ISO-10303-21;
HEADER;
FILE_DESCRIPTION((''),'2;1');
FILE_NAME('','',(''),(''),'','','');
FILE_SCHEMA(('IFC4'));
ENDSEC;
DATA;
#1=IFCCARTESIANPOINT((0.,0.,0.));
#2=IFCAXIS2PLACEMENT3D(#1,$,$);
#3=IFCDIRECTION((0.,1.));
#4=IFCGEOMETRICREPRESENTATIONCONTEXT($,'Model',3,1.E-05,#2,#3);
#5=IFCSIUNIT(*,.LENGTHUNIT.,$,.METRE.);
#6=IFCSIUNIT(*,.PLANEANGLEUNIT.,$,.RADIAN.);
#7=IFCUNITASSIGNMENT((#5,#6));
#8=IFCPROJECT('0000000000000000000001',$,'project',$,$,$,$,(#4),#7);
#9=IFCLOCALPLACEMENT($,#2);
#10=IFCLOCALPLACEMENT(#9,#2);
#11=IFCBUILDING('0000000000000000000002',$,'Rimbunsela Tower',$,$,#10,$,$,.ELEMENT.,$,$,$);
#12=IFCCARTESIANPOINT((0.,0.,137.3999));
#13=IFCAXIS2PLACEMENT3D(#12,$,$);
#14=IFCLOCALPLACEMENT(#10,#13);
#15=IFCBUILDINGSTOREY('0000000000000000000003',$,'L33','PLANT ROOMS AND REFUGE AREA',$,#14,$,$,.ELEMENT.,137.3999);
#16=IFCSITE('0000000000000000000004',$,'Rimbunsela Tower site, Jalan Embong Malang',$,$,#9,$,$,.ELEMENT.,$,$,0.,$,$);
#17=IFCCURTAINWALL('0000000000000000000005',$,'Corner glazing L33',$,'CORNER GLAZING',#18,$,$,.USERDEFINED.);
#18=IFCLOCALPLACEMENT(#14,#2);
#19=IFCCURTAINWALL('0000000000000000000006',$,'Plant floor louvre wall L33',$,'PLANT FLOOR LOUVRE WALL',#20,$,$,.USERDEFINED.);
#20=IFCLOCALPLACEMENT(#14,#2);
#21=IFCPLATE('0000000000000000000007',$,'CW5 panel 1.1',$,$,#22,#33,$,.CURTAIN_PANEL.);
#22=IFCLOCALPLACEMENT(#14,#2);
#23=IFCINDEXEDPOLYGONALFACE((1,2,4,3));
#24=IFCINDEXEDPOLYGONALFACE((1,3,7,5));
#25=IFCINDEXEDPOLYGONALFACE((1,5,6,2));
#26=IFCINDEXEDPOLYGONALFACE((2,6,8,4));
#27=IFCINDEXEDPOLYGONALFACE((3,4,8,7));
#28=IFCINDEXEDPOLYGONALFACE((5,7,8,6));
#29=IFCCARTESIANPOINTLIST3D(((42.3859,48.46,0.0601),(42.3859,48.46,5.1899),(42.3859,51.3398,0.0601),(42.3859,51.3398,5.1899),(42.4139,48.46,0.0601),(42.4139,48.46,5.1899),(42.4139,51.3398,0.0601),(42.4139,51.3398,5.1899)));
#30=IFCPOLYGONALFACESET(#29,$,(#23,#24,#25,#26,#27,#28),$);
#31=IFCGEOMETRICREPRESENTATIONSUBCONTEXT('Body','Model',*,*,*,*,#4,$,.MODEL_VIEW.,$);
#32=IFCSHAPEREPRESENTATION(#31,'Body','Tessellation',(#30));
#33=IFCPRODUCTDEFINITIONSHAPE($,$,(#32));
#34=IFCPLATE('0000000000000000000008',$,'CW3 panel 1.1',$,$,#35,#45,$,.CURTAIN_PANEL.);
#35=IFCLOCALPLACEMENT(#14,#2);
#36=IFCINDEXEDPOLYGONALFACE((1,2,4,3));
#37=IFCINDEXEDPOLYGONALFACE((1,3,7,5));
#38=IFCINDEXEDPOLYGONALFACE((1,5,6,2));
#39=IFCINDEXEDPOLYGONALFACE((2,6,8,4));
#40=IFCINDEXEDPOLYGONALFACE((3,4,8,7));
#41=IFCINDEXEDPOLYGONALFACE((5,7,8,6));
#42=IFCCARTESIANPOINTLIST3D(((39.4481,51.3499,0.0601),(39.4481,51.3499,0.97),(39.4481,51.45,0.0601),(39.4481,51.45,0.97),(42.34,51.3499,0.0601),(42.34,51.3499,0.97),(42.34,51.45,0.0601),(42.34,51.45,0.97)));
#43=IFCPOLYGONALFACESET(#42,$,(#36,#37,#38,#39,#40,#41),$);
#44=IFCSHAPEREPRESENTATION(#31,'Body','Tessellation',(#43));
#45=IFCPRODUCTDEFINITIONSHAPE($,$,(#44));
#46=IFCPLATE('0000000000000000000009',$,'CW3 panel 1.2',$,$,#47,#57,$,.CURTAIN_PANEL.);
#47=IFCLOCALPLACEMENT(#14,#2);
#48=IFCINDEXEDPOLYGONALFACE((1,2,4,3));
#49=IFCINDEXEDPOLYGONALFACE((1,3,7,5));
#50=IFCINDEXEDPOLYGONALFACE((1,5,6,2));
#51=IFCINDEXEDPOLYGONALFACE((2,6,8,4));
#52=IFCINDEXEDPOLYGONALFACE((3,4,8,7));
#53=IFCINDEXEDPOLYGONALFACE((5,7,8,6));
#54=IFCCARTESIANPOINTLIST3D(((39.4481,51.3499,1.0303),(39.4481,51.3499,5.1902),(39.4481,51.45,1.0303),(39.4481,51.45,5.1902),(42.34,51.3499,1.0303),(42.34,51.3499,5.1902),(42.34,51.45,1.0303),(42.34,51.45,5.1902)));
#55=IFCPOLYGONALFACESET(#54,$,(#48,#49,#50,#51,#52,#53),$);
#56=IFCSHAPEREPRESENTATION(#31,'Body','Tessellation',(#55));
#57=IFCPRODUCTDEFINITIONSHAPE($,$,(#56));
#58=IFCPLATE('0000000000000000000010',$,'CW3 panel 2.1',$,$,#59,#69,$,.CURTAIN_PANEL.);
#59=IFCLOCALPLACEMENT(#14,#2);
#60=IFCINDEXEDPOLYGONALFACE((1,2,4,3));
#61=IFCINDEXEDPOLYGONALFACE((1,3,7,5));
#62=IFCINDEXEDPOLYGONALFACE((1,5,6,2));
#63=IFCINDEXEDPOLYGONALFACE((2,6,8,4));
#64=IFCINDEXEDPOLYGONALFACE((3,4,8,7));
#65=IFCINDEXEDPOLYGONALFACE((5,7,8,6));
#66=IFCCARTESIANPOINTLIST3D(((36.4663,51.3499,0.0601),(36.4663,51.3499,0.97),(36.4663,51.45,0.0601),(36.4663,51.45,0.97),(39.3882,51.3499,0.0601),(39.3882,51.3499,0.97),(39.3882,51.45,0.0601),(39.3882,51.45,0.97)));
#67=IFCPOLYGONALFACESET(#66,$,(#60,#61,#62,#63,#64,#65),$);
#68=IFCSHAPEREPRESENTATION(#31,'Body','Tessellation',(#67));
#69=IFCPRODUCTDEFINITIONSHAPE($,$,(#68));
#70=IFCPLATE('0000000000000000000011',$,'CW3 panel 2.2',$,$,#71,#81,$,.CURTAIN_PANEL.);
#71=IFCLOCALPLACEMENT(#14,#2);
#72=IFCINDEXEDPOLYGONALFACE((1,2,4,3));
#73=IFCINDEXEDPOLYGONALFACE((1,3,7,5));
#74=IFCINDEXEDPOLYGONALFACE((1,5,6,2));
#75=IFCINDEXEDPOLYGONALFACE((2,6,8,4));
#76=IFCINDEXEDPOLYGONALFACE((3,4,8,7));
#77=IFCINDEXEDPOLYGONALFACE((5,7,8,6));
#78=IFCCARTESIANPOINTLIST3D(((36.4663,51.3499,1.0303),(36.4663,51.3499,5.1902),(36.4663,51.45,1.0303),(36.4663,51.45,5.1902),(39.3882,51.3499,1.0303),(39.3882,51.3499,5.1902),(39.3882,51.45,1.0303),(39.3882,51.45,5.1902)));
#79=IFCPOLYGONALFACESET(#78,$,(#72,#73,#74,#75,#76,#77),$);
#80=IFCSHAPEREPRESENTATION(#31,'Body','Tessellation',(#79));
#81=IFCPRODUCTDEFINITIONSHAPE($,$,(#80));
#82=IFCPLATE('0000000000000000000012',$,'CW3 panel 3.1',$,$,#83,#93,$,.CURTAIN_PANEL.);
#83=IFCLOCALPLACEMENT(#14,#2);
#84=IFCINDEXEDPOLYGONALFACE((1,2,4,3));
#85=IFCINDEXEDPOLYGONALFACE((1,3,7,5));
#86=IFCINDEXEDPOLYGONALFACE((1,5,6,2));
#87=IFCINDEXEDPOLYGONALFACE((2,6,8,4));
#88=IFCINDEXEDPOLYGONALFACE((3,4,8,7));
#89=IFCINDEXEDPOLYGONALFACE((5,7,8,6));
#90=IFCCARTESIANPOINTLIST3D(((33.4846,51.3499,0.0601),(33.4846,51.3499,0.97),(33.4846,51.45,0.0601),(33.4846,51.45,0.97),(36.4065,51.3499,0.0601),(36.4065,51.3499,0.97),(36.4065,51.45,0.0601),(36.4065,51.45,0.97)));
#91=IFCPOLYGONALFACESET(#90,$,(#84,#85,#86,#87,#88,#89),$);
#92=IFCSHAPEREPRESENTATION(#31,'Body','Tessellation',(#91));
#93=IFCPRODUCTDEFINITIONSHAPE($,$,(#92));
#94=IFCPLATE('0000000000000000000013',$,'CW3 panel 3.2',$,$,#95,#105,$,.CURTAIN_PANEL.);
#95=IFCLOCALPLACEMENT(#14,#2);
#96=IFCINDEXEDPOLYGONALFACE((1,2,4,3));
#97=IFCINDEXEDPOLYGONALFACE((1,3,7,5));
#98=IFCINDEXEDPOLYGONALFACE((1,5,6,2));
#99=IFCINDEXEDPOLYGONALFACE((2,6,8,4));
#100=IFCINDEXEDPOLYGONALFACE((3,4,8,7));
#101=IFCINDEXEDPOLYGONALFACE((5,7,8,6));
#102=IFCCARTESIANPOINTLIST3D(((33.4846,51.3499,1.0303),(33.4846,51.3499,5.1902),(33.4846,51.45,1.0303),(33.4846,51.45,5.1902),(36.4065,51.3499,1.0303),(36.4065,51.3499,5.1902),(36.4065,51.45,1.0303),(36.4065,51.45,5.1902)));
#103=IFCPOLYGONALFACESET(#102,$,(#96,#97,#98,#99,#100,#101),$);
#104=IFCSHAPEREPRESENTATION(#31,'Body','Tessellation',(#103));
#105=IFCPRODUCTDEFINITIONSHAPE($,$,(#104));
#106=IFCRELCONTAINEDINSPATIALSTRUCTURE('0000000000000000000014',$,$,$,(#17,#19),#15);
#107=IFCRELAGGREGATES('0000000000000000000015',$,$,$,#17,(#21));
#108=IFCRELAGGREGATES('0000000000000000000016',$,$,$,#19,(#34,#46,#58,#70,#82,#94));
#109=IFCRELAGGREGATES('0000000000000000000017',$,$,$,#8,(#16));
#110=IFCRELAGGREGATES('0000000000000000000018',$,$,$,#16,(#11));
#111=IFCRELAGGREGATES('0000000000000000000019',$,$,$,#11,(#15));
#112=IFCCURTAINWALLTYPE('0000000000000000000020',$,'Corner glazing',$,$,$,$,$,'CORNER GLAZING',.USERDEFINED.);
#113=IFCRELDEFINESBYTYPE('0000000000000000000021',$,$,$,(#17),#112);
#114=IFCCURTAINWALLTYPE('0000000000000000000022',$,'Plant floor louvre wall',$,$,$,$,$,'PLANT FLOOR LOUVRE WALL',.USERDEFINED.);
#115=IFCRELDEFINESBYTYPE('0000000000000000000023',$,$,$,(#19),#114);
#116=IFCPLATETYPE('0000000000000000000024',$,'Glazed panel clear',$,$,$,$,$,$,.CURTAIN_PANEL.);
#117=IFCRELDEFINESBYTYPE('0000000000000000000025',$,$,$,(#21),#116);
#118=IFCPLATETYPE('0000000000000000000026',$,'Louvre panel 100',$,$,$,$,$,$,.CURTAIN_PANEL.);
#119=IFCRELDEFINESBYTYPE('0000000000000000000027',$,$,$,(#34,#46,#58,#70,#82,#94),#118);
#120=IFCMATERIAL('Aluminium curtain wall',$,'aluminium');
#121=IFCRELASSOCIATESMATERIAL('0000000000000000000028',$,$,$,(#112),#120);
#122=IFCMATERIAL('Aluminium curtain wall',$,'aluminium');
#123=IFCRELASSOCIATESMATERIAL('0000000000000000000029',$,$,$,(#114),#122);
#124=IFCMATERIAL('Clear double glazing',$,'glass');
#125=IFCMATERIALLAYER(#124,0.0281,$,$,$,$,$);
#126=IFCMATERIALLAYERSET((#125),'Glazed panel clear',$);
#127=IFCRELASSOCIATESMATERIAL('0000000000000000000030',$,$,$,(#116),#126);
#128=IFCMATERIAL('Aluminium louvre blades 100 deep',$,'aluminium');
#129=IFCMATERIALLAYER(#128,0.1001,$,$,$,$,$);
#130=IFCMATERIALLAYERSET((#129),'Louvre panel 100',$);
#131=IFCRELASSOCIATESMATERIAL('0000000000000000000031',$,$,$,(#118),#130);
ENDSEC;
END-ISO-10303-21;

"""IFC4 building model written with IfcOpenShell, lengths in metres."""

from ifc_helpers import new_model, si_unit, direction, frame, origin, origin_2d, place, context, subcontext, project, spatial, rectangle, extrude, material, layer, layer_set, type_object, element, aggregate, save


model = new_model("IFC4")

# Units and contexts
model_context = context("Model", 3, precision=1e-05, world=origin(), true_north=direction((0.0, 1.0)))
body_context = subcontext(model_context, "Body", "Model", "MODEL_VIEW")
ifc_project = project(units=[si_unit("LENGTHUNIT", "METRE"), si_unit("PLANEANGLEUNIT", "RADIAN")], contexts=[model_context])

# Site, building, storey
site_placement = place(None, origin())
site = spatial("IfcSite", under=ifc_project, at=site_placement, Name="Rimbunsela Tower site, Jalan Embong Malang", CompositionType="ELEMENT", RefElevation=0.0)
building_placement = place(site_placement, origin())
building = spatial("IfcBuilding", under=site, at=building_placement, Name="Rimbunsela Tower", CompositionType="ELEMENT")
storey_placement = place(building_placement, frame((0.0, 0.0, 137.3999)))
storey = spatial("IfcBuildingStorey", under=building, at=storey_placement, Name="L33", Description="PLANT ROOMS AND REFUGE AREA", CompositionType="ELEMENT", Elevation=137.3999)

# Curtain wall
ifc_material_1 = material(Name="Aluminium curtain wall", Category="aluminium")
curtain_wall_type_1 = type_object("IfcCurtainWallType", Name="Corner glazing", ElementType="CORNER GLAZING", PredefinedType="USERDEFINED", material=ifc_material_1)
curtain_wall_1_placement = place(storey_placement, origin())
curtain_wall_1 = element("IfcCurtainWall", 1, at=curtain_wall_1_placement, inside=storey, type_object=curtain_wall_type_1, Name="Corner glazing L33", ObjectType="CORNER GLAZING", PredefinedType="USERDEFINED")

# Curtain wall
ifc_material_2 = material(Name="Aluminium curtain wall", Category="aluminium")
curtain_wall_type_2 = type_object("IfcCurtainWallType", Name="Plant floor louvre wall", ElementType="PLANT FLOOR LOUVRE WALL", PredefinedType="USERDEFINED", material=ifc_material_2)
curtain_wall_2_placement = place(storey_placement, origin())
curtain_wall_2 = element("IfcCurtainWall", 2, at=curtain_wall_2_placement, inside=storey, type_object=curtain_wall_type_2, Name="Plant floor louvre wall L33", ObjectType="PLANT FLOOR LOUVRE WALL", PredefinedType="USERDEFINED")

# Plates
ifc_material_3 = material(Name="Clear double glazing", Category="glass")
ifc_layer_1 = layer(ifc_material_3, 0.0281)
ifc_layer_set_1 = layer_set([ifc_layer_1], Name="Glazed panel clear")
plate_type_1 = type_object("IfcPlateType", Name="Glazed panel clear", PredefinedType="CURTAIN_PANEL", material=ifc_layer_set_1)
plate_1_placement = place(storey_placement, frame((42.3999, 49.8999, 0.0601), z_axis=(0.0, 0.0, 1.0), x_axis=(0.0, 1.0, 0.0)))
plate_1 = element("IfcPlate", 3, at=plate_1_placement, type_object=plate_type_1, Name="CW5 panel 1.1", PredefinedType="CURTAIN_PANEL", context=body_context, shape_type="SweptSolid", body=[
    extrude(rectangle(XDim=2.8799, YDim=0.0281, at=origin_2d()), origin(), (0.0, 0.0, 1.0), 5.1299),
])
aggregate(curtain_wall_1, [plate_1])
ifc_material_4 = material(Name="Aluminium louvre blades 100 deep", Category="aluminium")
ifc_layer_2 = layer(ifc_material_4, 0.1001)
ifc_layer_set_2 = layer_set([ifc_layer_2], Name="Louvre panel 100")
plate_type_2 = type_object("IfcPlateType", Name="Louvre panel 100", PredefinedType="CURTAIN_PANEL", material=ifc_layer_set_2)
plate_2_placement = place(storey_placement, frame((40.894, 51.3999, 0.0601), z_axis=(0.0, 0.0, 1.0), x_axis=(-1.0, 0.0, 0.0)))
plate_2 = element("IfcPlate", 4, at=plate_2_placement, type_object=plate_type_2, Name="CW3 panel 1.1", PredefinedType="CURTAIN_PANEL", context=body_context, shape_type="SweptSolid", body=[
    extrude(rectangle(XDim=2.8918, YDim=0.1001, at=origin_2d()), origin(), (0.0, 0.0, 1.0), 0.9099),
])
plate_3_placement = place(storey_placement, frame((40.894, 51.3999, 1.0303), z_axis=(0.0, 0.0, 1.0), x_axis=(-1.0, 0.0, 0.0)))
plate_3 = element("IfcPlate", 5, at=plate_3_placement, type_object=plate_type_2, Name="CW3 panel 1.2", PredefinedType="CURTAIN_PANEL", context=body_context, shape_type="SweptSolid", body=[
    extrude(rectangle(XDim=2.8918, YDim=0.1001, at=origin_2d()), origin(), (0.0, 0.0, 1.0), 4.1599),
])
plate_4_placement = place(storey_placement, frame((37.9272, 51.3999, 0.0601), z_axis=(0.0, 0.0, 1.0), x_axis=(-1.0, 0.0, 0.0)))
plate_4 = element("IfcPlate", 6, at=plate_4_placement, type_object=plate_type_2, Name="CW3 panel 2.1", PredefinedType="CURTAIN_PANEL", context=body_context, shape_type="SweptSolid", body=[
    extrude(rectangle(XDim=2.9219, YDim=0.1001, at=origin_2d()), origin(), (0.0, 0.0, 1.0), 0.9099),
])
plate_5_placement = place(storey_placement, frame((37.9272, 51.3999, 1.0303), z_axis=(0.0, 0.0, 1.0), x_axis=(-1.0, 0.0, 0.0)))
plate_5 = element("IfcPlate", 7, at=plate_5_placement, type_object=plate_type_2, Name="CW3 panel 2.2", PredefinedType="CURTAIN_PANEL", context=body_context, shape_type="SweptSolid", body=[
    extrude(rectangle(XDim=2.9219, YDim=0.1001, at=origin_2d()), origin(), (0.0, 0.0, 1.0), 4.1599),
])
plate_6_placement = place(storey_placement, frame((34.9456, 51.3999, 0.0601), z_axis=(0.0, 0.0, 1.0), x_axis=(-1.0, 0.0, 0.0)))
plate_6 = element("IfcPlate", 8, at=plate_6_placement, type_object=plate_type_2, Name="CW3 panel 3.1", PredefinedType="CURTAIN_PANEL", context=body_context, shape_type="SweptSolid", body=[
    extrude(rectangle(XDim=2.9219, YDim=0.1001, at=origin_2d()), origin(), (0.0, 0.0, 1.0), 0.9099),
])
plate_7_placement = place(storey_placement, frame((34.9456, 51.3999, 1.0303), z_axis=(0.0, 0.0, 1.0), x_axis=(-1.0, 0.0, 0.0)))
plate_7 = element("IfcPlate", 9, at=plate_7_placement, type_object=plate_type_2, Name="CW3 panel 3.2", PredefinedType="CURTAIN_PANEL", context=body_context, shape_type="SweptSolid", body=[
    extrude(rectangle(XDim=2.9219, YDim=0.1001, at=origin_2d()), origin(), (0.0, 0.0, 1.0), 4.1599),
])
aggregate(curtain_wall_2, [plate_2, plate_3, plate_4, plate_5, plate_6, plate_7])

save(model, "model.ifc")
